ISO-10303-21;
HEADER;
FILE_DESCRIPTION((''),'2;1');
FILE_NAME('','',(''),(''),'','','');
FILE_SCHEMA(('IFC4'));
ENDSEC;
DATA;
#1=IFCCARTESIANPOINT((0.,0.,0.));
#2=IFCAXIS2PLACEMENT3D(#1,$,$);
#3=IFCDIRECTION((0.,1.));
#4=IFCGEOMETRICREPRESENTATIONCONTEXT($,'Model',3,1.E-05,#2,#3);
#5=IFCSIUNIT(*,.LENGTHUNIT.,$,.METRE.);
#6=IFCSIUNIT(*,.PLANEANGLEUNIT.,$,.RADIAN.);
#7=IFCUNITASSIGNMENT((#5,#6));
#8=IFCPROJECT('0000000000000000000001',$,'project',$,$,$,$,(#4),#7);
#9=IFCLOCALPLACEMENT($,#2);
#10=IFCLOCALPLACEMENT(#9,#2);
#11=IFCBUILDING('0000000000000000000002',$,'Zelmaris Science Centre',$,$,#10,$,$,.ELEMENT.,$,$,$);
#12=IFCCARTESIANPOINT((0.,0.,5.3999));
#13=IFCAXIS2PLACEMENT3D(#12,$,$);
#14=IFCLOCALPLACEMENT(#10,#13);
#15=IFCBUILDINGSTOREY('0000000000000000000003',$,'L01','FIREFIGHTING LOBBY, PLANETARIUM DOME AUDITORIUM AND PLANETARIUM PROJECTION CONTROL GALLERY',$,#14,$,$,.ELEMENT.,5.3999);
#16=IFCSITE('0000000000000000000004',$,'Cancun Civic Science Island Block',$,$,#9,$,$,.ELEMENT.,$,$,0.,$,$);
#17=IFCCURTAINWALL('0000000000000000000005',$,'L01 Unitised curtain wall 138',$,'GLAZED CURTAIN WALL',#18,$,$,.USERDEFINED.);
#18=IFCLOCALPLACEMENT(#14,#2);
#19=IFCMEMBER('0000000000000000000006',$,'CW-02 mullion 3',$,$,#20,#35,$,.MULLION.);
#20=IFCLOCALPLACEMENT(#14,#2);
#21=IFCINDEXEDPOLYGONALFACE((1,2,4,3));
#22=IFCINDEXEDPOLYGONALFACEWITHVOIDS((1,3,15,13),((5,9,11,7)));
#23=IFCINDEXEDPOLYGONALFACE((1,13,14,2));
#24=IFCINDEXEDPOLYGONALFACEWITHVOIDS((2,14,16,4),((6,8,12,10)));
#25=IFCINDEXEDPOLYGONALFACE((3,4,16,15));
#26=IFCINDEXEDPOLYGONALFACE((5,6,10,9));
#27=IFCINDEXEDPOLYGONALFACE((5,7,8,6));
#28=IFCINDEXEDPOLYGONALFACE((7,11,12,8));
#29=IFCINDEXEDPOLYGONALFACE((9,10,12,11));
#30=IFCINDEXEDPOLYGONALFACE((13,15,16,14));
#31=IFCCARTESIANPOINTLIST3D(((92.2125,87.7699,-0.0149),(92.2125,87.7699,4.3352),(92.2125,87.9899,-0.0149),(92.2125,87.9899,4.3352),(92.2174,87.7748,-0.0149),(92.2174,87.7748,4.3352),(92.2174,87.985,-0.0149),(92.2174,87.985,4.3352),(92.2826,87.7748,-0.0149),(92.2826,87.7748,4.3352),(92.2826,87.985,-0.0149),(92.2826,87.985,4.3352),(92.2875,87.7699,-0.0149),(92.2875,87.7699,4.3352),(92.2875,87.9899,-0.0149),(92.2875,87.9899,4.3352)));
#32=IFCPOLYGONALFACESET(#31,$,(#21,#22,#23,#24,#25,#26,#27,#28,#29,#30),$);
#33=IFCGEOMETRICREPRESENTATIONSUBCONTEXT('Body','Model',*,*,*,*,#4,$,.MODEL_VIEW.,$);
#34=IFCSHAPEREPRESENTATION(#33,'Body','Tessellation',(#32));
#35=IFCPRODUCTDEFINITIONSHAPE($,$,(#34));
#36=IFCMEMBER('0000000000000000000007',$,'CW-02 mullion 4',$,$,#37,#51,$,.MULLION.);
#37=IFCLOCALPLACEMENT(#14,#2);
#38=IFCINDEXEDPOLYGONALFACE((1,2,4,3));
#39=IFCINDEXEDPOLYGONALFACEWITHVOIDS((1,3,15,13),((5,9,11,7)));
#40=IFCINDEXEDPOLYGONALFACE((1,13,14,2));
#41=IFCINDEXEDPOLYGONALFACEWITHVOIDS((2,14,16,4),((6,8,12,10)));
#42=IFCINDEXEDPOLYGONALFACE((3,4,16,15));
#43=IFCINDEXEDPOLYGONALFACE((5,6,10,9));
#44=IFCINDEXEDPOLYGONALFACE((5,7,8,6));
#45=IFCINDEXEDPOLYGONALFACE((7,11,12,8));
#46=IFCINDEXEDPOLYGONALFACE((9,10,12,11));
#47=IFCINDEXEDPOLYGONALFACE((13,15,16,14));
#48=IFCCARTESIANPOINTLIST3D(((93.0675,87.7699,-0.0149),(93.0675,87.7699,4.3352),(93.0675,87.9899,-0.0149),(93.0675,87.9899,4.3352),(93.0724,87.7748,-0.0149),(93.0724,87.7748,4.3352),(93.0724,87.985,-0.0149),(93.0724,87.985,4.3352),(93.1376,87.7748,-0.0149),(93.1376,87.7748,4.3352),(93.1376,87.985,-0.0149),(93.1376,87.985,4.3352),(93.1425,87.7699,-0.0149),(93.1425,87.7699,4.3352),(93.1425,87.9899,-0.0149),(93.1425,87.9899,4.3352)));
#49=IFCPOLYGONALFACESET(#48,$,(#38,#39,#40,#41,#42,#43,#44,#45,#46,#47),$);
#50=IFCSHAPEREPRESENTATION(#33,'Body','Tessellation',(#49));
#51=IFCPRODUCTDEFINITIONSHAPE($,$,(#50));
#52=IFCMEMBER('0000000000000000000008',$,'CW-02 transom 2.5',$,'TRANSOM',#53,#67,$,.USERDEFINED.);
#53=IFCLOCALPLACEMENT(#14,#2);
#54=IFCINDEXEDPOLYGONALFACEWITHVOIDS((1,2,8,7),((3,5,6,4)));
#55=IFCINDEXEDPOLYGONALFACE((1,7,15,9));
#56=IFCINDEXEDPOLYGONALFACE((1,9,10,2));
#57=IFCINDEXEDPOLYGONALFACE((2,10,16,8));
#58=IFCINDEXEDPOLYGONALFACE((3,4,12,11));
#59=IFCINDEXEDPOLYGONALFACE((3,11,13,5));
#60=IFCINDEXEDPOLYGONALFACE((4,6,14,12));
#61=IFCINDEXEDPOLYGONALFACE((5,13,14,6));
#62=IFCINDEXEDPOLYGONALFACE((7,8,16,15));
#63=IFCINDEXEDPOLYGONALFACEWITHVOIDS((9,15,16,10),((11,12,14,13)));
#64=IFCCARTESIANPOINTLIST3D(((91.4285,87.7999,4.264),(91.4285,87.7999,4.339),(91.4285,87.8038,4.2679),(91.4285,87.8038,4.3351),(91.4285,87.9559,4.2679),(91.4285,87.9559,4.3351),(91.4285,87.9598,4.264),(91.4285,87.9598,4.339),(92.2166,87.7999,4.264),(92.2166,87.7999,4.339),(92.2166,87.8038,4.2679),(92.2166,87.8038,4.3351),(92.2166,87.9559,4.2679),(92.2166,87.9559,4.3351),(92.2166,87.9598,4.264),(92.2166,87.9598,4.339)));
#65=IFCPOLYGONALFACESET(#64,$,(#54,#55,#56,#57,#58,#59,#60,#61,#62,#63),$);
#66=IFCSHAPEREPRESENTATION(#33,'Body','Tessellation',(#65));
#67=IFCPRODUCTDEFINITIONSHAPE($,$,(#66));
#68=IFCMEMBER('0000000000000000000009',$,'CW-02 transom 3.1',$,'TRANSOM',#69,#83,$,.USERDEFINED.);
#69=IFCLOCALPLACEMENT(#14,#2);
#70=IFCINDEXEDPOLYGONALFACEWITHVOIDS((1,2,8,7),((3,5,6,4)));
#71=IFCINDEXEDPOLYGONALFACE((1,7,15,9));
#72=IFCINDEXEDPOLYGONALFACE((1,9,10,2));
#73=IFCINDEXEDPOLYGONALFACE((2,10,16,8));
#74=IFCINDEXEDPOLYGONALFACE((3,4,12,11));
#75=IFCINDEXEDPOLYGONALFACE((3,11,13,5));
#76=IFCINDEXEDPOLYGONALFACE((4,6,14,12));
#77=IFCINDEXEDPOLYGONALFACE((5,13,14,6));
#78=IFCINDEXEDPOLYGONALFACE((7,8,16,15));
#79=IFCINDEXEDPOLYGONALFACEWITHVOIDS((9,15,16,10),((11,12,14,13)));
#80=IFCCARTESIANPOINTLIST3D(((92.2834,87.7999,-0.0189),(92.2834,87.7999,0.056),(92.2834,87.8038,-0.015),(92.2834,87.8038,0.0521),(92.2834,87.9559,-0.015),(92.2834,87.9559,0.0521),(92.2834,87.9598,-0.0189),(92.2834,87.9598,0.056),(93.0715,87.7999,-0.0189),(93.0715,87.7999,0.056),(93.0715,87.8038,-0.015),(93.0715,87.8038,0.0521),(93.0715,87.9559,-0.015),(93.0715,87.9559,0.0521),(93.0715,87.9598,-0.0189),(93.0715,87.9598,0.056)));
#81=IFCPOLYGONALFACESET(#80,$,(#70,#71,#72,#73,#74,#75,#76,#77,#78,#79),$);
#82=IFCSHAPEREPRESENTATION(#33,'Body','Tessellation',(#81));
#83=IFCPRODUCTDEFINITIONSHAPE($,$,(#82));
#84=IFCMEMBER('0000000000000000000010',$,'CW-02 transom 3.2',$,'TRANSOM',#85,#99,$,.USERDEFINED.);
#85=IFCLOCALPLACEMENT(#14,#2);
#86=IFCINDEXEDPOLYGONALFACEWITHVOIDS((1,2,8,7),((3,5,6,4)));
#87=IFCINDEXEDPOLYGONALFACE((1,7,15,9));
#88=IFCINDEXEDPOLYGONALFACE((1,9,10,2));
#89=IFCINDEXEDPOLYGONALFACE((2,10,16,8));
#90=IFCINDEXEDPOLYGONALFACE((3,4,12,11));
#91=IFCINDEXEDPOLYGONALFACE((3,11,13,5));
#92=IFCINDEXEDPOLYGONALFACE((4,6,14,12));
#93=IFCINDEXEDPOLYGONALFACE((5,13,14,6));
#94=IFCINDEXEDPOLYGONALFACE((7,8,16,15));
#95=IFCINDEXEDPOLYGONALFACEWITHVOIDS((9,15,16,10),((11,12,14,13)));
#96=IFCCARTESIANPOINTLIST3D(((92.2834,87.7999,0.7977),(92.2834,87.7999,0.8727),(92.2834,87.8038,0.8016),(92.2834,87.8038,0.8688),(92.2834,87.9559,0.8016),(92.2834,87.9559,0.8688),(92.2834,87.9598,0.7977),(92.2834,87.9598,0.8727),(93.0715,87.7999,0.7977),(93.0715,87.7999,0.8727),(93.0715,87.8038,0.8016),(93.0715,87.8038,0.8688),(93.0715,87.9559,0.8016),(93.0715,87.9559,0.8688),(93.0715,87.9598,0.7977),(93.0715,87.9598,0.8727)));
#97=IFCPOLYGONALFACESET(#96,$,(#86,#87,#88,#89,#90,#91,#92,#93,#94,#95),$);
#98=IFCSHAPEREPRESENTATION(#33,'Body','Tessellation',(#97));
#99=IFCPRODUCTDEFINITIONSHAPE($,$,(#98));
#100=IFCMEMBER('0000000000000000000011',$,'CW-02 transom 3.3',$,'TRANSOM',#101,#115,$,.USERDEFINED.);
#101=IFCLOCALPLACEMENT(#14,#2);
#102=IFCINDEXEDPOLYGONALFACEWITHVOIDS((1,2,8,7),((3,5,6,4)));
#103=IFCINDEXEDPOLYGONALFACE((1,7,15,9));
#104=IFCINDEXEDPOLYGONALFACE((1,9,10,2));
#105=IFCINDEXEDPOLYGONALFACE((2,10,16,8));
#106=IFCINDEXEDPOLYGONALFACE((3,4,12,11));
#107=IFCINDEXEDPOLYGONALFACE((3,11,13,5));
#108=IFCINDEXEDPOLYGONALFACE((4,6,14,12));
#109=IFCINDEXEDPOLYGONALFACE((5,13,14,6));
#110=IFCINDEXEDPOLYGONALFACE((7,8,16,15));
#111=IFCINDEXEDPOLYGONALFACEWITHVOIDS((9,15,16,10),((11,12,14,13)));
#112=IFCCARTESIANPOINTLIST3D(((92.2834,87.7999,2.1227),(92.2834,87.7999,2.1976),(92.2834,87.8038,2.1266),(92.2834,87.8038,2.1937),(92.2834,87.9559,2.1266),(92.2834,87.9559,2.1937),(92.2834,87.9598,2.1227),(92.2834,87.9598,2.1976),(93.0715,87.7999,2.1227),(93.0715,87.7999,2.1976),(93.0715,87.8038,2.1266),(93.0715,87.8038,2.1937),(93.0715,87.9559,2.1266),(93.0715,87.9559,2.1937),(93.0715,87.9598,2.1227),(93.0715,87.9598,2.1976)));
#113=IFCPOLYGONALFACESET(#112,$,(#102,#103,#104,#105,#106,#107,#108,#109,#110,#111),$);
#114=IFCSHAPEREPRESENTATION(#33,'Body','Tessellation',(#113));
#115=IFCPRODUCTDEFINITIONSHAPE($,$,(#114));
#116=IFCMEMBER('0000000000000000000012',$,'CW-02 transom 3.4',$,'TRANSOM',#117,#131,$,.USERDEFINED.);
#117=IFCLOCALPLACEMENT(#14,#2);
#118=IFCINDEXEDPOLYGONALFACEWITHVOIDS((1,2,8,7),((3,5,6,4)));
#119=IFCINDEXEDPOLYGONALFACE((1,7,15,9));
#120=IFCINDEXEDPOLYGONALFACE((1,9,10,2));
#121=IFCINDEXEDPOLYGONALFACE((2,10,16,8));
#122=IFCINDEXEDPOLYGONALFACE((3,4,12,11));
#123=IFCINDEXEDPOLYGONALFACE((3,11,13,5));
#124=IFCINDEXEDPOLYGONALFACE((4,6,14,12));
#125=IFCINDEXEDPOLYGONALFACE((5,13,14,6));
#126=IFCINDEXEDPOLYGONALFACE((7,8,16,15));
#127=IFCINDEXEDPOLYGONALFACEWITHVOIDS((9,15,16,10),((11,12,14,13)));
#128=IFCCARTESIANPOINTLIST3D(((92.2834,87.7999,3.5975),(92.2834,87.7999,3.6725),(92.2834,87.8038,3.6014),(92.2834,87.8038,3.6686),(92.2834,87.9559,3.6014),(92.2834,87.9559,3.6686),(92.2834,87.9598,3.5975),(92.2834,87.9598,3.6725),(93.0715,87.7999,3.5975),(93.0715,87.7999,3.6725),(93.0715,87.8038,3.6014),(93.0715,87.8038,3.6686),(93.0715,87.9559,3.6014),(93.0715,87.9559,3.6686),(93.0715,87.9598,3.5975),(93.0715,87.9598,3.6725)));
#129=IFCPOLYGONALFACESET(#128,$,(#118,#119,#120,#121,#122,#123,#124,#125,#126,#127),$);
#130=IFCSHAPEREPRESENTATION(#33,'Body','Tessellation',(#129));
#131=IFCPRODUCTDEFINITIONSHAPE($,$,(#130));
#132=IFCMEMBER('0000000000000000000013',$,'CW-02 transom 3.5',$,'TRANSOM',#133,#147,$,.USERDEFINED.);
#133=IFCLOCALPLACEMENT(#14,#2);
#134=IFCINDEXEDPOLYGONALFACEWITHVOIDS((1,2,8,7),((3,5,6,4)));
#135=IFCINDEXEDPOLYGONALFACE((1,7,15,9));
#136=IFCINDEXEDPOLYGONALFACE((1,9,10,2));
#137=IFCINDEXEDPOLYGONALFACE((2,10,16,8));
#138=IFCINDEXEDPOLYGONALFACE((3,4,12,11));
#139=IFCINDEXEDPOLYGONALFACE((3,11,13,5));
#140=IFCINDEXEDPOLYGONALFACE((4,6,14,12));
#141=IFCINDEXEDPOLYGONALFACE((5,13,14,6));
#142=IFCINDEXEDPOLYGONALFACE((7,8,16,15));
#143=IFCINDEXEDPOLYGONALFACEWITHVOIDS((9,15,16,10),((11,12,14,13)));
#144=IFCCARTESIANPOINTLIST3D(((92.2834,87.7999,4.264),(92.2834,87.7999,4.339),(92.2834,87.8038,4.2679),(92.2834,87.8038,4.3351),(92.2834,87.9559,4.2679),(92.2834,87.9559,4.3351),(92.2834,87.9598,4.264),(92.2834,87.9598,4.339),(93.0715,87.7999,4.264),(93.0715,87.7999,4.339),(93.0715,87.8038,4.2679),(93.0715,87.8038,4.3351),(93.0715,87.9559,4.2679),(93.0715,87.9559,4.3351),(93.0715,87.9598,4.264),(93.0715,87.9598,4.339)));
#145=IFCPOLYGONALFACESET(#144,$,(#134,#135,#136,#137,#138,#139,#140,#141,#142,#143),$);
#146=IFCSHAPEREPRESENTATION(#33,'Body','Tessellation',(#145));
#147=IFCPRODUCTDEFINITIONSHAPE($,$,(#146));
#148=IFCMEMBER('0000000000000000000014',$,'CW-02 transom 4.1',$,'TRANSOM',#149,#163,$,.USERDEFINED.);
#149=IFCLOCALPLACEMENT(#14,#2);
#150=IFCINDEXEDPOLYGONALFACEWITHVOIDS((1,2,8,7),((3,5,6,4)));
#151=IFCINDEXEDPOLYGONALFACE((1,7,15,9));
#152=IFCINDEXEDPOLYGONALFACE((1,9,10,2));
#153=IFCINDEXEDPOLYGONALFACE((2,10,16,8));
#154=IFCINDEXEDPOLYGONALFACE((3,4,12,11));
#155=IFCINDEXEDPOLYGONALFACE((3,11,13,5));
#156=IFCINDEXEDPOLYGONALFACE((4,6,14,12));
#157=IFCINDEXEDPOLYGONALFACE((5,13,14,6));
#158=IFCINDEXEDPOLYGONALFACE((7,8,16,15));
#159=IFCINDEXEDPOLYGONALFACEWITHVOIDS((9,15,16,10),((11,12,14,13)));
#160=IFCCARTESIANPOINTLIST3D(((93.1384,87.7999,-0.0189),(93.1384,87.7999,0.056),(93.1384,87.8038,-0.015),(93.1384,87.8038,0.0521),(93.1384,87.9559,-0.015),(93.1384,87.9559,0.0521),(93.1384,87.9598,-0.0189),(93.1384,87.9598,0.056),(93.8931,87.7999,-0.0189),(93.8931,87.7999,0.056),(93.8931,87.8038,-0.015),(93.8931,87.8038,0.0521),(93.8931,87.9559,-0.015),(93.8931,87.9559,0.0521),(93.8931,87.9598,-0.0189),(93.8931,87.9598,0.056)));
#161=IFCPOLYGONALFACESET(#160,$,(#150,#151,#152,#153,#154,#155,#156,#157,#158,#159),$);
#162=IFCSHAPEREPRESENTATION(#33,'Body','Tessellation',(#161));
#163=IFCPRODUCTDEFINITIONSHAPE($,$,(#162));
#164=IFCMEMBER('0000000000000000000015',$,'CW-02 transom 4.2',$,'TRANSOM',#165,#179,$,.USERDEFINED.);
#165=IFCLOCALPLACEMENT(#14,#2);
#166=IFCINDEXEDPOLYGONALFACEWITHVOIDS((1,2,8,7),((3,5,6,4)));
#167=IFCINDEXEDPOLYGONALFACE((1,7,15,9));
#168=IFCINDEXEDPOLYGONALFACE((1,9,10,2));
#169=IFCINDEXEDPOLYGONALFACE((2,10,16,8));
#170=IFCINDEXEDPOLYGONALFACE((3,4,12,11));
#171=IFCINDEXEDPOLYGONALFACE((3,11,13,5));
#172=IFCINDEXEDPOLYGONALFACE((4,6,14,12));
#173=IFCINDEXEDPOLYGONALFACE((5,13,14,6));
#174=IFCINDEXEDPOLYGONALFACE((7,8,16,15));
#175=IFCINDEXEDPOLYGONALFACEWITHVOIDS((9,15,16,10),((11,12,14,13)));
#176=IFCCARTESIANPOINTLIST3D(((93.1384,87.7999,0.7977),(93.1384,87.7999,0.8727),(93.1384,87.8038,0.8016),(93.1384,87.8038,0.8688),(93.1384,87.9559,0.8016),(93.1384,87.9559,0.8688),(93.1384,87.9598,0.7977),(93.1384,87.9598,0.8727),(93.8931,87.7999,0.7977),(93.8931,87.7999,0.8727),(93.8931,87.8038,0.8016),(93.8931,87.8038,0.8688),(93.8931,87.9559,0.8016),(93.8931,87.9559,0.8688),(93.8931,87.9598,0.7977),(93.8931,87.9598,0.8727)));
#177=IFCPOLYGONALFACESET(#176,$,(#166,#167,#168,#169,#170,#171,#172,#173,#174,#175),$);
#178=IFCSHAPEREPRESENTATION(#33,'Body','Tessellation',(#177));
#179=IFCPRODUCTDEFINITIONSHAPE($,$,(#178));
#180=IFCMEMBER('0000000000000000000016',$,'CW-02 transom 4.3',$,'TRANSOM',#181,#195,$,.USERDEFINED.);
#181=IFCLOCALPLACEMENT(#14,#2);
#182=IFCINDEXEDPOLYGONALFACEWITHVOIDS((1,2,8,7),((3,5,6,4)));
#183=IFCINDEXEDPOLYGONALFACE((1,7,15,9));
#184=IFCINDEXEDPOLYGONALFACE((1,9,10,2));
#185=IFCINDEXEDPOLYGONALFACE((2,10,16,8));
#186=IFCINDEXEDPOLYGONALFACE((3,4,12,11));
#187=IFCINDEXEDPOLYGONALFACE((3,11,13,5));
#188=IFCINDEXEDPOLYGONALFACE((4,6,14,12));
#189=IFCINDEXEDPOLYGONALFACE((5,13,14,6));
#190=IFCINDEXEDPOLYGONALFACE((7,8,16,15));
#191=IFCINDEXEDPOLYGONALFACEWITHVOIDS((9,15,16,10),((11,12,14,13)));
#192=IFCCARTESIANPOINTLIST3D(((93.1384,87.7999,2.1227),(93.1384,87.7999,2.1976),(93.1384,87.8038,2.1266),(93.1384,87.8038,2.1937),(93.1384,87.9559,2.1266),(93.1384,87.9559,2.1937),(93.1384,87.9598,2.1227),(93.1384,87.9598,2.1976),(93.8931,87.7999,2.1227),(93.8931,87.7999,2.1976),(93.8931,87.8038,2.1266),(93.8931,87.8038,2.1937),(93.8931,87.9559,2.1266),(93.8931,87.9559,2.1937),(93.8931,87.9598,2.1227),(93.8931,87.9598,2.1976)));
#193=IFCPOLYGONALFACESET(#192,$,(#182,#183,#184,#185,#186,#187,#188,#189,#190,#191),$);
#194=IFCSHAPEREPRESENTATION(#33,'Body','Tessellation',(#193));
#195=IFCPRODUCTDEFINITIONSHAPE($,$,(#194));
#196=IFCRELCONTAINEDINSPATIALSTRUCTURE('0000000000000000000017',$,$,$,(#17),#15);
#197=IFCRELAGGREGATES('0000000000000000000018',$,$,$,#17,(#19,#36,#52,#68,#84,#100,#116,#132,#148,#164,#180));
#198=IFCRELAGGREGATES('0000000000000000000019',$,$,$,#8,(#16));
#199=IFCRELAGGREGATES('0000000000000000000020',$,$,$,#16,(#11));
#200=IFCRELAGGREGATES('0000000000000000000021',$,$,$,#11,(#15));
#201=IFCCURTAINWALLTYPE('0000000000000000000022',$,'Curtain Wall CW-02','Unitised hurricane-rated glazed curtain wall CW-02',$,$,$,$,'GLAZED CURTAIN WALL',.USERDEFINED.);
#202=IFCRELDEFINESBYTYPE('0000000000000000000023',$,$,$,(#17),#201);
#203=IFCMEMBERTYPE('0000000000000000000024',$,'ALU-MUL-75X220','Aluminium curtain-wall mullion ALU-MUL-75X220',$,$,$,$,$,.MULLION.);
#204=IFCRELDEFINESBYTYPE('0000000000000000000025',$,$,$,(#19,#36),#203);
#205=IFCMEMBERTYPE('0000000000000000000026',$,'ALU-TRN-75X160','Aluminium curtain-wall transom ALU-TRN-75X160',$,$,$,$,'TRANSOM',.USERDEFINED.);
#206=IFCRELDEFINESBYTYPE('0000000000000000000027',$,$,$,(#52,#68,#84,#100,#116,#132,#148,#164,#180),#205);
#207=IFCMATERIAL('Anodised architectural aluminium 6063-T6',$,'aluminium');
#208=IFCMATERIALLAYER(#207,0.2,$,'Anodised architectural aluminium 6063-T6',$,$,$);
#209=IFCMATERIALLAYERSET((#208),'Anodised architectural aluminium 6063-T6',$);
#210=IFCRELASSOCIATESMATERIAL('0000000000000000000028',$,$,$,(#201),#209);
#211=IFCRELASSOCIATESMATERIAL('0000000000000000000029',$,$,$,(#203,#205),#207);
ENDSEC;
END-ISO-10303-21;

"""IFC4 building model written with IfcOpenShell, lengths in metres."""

from ifc_helpers import new_model, si_unit, direction, frame, origin, origin_2d, place, context, subcontext, project, spatial, hollow_rectangle, extrude, material, layer, layer_set, material_profile, profile_set, type_object, element, aggregate, save


model = new_model("IFC4")

# Units and contexts
model_context = context("Model", 3, precision=1e-05, world=origin(), true_north=direction((0.0, 1.0)))
body_context = subcontext(model_context, "Body", "Model", "MODEL_VIEW")
ifc_project = project(units=[si_unit("LENGTHUNIT", "METRE"), si_unit("PLANEANGLEUNIT", "RADIAN")], contexts=[model_context])

# Site, building, storey
site_placement = place(None, origin())
site = spatial("IfcSite", under=ifc_project, at=site_placement, Name="Cancun Civic Science Island Block", CompositionType="ELEMENT", RefElevation=0.0)
building_placement = place(site_placement, origin())
building = spatial("IfcBuilding", under=site, at=building_placement, Name="Zelmaris Science Centre", CompositionType="ELEMENT")
storey_placement = place(building_placement, frame((0.0, 0.0, 5.3999)))
storey = spatial("IfcBuildingStorey", under=building, at=storey_placement, Name="L01", Description="FIREFIGHTING LOBBY, PLANETARIUM DOME AUDITORIUM AND PLANETARIUM PROJECTION CONTROL GALLERY", CompositionType="ELEMENT", Elevation=5.3999)

# Curtain wall, members
ifc_material_1 = material(Name="Anodised architectural aluminium 6063-T6", Category="aluminium")
ifc_layer_1 = layer(ifc_material_1, 0.2, Name="Anodised architectural aluminium 6063-T6")
ifc_layer_set_1 = layer_set([ifc_layer_1], Name="Anodised architectural aluminium 6063-T6")
curtain_wall_type = type_object("IfcCurtainWallType", Name="Curtain Wall CW-02", Description="Unitised hurricane-rated glazed curtain wall CW-02", ElementType="GLAZED CURTAIN WALL", PredefinedType="USERDEFINED", material=ifc_layer_set_1)
curtain_wall_placement = place(storey_placement, origin())
curtain_wall = element("IfcCurtainWall", 1, at=curtain_wall_placement, inside=storey, type_object=curtain_wall_type, Name="L01 Unitised curtain wall 138", ObjectType="GLAZED CURTAIN WALL", PredefinedType="USERDEFINED")
ifc_material_profile_1 = material_profile(ifc_material_1, hollow_rectangle(XDim=0.075, YDim=0.22, WallThickness=0.0049, at=origin_2d()), Name="ALU-MUL-75X220")
ifc_profile_set_1 = profile_set([ifc_material_profile_1], Name="Anodised architectural aluminium 6063-T6")
member_type_1 = type_object("IfcMemberType", Name="ALU-MUL-75X220", Description="Aluminium curtain-wall mullion ALU-MUL-75X220", PredefinedType="MULLION", material=ifc_profile_set_1)
member_1_placement = place(storey_placement, frame((92.25, 87.8799, -0.0149), z_axis=(0.0, 0.0, 1.0), x_axis=(1.0, 0.0, 0.0)))
member_1 = element("IfcMember", 2, at=member_1_placement, type_object=member_type_1, Name="CW-02 mullion 3", PredefinedType="MULLION", context=body_context, shape_type="SweptSolid", body=[
    extrude(hollow_rectangle(XDim=0.075, YDim=0.22, WallThickness=0.0049, at=origin_2d()), origin(), (0.0, 0.0, 1.0), 4.3501),
])
member_2_placement = place(storey_placement, frame((93.105, 87.8799, -0.0149), z_axis=(0.0, 0.0, 1.0), x_axis=(1.0, 0.0, 0.0)))
member_2 = element("IfcMember", 3, at=member_2_placement, type_object=member_type_1, Name="CW-02 mullion 4", PredefinedType="MULLION", context=body_context, shape_type="SweptSolid", body=[
    extrude(hollow_rectangle(XDim=0.075, YDim=0.22, WallThickness=0.0049, at=origin_2d()), origin(), (0.0, 0.0, 1.0), 4.3501),
])
ifc_material_profile_2 = material_profile(ifc_material_1, hollow_rectangle(XDim=0.075, YDim=0.1599, WallThickness=0.0039, at=origin_2d()), Name="ALU-TRN-75X160")
ifc_profile_set_2 = profile_set([ifc_material_profile_2], Name="Anodised architectural aluminium 6063-T6")
member_type_2 = type_object("IfcMemberType", Name="ALU-TRN-75X160", Description="Aluminium curtain-wall transom ALU-TRN-75X160", ElementType="TRANSOM", PredefinedType="USERDEFINED", material=ifc_profile_set_2)
member_3_placement = place(storey_placement, frame((91.4285, 87.8799, 4.3015), z_axis=(1.0, 0.0, 0.0), x_axis=(0.0, 0.0, 1.0)))
member_3 = element("IfcMember", 4, at=member_3_placement, type_object=member_type_2, Name="CW-02 transom 2.5", ObjectType="TRANSOM", PredefinedType="USERDEFINED", context=body_context, shape_type="SweptSolid", body=[
    extrude(hollow_rectangle(XDim=0.075, YDim=0.1599, WallThickness=0.0039, at=origin_2d()), origin(), (0.0, 0.0, 1.0), 0.7881),
])
member_4_placement = place(storey_placement, frame((92.2834, 87.8799, 0.0186), z_axis=(1.0, 0.0, 0.0), x_axis=(0.0, 0.0, 1.0)))
member_4 = element("IfcMember", 5, at=member_4_placement, type_object=member_type_2, Name="CW-02 transom 3.1", ObjectType="TRANSOM", PredefinedType="USERDEFINED", context=body_context, shape_type="SweptSolid", body=[
    extrude(hollow_rectangle(XDim=0.075, YDim=0.1599, WallThickness=0.0039, at=origin_2d()), origin(), (0.0, 0.0, 1.0), 0.7881),
])
member_5_placement = place(storey_placement, frame((92.2834, 87.8799, 0.8352), z_axis=(1.0, 0.0, 0.0), x_axis=(0.0, 0.0, 1.0)))
member_5 = element("IfcMember", 6, at=member_5_placement, type_object=member_type_2, Name="CW-02 transom 3.2", ObjectType="TRANSOM", PredefinedType="USERDEFINED", context=body_context, shape_type="SweptSolid", body=[
    extrude(hollow_rectangle(XDim=0.075, YDim=0.1599, WallThickness=0.0039, at=origin_2d()), origin(), (0.0, 0.0, 1.0), 0.7881),
])
member_6_placement = place(storey_placement, frame((92.2834, 87.8799, 2.1602), z_axis=(1.0, 0.0, 0.0), x_axis=(0.0, 0.0, 1.0)))
member_6 = element("IfcMember", 7, at=member_6_placement, type_object=member_type_2, Name="CW-02 transom 3.3", ObjectType="TRANSOM", PredefinedType="USERDEFINED", context=body_context, shape_type="SweptSolid", body=[
    extrude(hollow_rectangle(XDim=0.075, YDim=0.1599, WallThickness=0.0039, at=origin_2d()), origin(), (0.0, 0.0, 1.0), 0.7881),
])
member_7_placement = place(storey_placement, frame((92.2834, 87.8799, 3.635), z_axis=(1.0, 0.0, 0.0), x_axis=(0.0, 0.0, 1.0)))
member_7 = element("IfcMember", 8, at=member_7_placement, type_object=member_type_2, Name="CW-02 transom 3.4", ObjectType="TRANSOM", PredefinedType="USERDEFINED", context=body_context, shape_type="SweptSolid", body=[
    extrude(hollow_rectangle(XDim=0.075, YDim=0.1599, WallThickness=0.0039, at=origin_2d()), origin(), (0.0, 0.0, 1.0), 0.7881),
])
member_8_placement = place(storey_placement, frame((92.2834, 87.8799, 4.3015), z_axis=(1.0, 0.0, 0.0), x_axis=(0.0, 0.0, 1.0)))
member_8 = element("IfcMember", 9, at=member_8_placement, type_object=member_type_2, Name="CW-02 transom 3.5", ObjectType="TRANSOM", PredefinedType="USERDEFINED", context=body_context, shape_type="SweptSolid", body=[
    extrude(hollow_rectangle(XDim=0.075, YDim=0.1599, WallThickness=0.0039, at=origin_2d()), origin(), (0.0, 0.0, 1.0), 0.7881),
])
member_9_placement = place(storey_placement, frame((93.1384, 87.8799, 0.0186), z_axis=(1.0, 0.0, 0.0), x_axis=(0.0, 0.0, 1.0)))
member_9 = element("IfcMember", 10, at=member_9_placement, type_object=member_type_2, Name="CW-02 transom 4.1", ObjectType="TRANSOM", PredefinedType="USERDEFINED", context=body_context, shape_type="SweptSolid", body=[
    extrude(hollow_rectangle(XDim=0.075, YDim=0.1599, WallThickness=0.0039, at=origin_2d()), origin(), (0.0, 0.0, 1.0), 0.7546),
])
member_10_placement = place(storey_placement, frame((93.1384, 87.8799, 0.8352), z_axis=(1.0, 0.0, 0.0), x_axis=(0.0, 0.0, 1.0)))
member_10 = element("IfcMember", 11, at=member_10_placement, type_object=member_type_2, Name="CW-02 transom 4.2", ObjectType="TRANSOM", PredefinedType="USERDEFINED", context=body_context, shape_type="SweptSolid", body=[
    extrude(hollow_rectangle(XDim=0.075, YDim=0.1599, WallThickness=0.0039, at=origin_2d()), origin(), (0.0, 0.0, 1.0), 0.7546),
])
member_11_placement = place(storey_placement, frame((93.1384, 87.8799, 2.1602), z_axis=(1.0, 0.0, 0.0), x_axis=(0.0, 0.0, 1.0)))
member_11 = element("IfcMember", 12, at=member_11_placement, type_object=member_type_2, Name="CW-02 transom 4.3", ObjectType="TRANSOM", PredefinedType="USERDEFINED", context=body_context, shape_type="SweptSolid", body=[
    extrude(hollow_rectangle(XDim=0.075, YDim=0.1599, WallThickness=0.0039, at=origin_2d()), origin(), (0.0, 0.0, 1.0), 0.7546),
])
aggregate(curtain_wall, [member_1, member_2, member_3, member_4, member_5, member_6, member_7, member_8, member_9, member_10, member_11])

save(model, "model.ifc")
